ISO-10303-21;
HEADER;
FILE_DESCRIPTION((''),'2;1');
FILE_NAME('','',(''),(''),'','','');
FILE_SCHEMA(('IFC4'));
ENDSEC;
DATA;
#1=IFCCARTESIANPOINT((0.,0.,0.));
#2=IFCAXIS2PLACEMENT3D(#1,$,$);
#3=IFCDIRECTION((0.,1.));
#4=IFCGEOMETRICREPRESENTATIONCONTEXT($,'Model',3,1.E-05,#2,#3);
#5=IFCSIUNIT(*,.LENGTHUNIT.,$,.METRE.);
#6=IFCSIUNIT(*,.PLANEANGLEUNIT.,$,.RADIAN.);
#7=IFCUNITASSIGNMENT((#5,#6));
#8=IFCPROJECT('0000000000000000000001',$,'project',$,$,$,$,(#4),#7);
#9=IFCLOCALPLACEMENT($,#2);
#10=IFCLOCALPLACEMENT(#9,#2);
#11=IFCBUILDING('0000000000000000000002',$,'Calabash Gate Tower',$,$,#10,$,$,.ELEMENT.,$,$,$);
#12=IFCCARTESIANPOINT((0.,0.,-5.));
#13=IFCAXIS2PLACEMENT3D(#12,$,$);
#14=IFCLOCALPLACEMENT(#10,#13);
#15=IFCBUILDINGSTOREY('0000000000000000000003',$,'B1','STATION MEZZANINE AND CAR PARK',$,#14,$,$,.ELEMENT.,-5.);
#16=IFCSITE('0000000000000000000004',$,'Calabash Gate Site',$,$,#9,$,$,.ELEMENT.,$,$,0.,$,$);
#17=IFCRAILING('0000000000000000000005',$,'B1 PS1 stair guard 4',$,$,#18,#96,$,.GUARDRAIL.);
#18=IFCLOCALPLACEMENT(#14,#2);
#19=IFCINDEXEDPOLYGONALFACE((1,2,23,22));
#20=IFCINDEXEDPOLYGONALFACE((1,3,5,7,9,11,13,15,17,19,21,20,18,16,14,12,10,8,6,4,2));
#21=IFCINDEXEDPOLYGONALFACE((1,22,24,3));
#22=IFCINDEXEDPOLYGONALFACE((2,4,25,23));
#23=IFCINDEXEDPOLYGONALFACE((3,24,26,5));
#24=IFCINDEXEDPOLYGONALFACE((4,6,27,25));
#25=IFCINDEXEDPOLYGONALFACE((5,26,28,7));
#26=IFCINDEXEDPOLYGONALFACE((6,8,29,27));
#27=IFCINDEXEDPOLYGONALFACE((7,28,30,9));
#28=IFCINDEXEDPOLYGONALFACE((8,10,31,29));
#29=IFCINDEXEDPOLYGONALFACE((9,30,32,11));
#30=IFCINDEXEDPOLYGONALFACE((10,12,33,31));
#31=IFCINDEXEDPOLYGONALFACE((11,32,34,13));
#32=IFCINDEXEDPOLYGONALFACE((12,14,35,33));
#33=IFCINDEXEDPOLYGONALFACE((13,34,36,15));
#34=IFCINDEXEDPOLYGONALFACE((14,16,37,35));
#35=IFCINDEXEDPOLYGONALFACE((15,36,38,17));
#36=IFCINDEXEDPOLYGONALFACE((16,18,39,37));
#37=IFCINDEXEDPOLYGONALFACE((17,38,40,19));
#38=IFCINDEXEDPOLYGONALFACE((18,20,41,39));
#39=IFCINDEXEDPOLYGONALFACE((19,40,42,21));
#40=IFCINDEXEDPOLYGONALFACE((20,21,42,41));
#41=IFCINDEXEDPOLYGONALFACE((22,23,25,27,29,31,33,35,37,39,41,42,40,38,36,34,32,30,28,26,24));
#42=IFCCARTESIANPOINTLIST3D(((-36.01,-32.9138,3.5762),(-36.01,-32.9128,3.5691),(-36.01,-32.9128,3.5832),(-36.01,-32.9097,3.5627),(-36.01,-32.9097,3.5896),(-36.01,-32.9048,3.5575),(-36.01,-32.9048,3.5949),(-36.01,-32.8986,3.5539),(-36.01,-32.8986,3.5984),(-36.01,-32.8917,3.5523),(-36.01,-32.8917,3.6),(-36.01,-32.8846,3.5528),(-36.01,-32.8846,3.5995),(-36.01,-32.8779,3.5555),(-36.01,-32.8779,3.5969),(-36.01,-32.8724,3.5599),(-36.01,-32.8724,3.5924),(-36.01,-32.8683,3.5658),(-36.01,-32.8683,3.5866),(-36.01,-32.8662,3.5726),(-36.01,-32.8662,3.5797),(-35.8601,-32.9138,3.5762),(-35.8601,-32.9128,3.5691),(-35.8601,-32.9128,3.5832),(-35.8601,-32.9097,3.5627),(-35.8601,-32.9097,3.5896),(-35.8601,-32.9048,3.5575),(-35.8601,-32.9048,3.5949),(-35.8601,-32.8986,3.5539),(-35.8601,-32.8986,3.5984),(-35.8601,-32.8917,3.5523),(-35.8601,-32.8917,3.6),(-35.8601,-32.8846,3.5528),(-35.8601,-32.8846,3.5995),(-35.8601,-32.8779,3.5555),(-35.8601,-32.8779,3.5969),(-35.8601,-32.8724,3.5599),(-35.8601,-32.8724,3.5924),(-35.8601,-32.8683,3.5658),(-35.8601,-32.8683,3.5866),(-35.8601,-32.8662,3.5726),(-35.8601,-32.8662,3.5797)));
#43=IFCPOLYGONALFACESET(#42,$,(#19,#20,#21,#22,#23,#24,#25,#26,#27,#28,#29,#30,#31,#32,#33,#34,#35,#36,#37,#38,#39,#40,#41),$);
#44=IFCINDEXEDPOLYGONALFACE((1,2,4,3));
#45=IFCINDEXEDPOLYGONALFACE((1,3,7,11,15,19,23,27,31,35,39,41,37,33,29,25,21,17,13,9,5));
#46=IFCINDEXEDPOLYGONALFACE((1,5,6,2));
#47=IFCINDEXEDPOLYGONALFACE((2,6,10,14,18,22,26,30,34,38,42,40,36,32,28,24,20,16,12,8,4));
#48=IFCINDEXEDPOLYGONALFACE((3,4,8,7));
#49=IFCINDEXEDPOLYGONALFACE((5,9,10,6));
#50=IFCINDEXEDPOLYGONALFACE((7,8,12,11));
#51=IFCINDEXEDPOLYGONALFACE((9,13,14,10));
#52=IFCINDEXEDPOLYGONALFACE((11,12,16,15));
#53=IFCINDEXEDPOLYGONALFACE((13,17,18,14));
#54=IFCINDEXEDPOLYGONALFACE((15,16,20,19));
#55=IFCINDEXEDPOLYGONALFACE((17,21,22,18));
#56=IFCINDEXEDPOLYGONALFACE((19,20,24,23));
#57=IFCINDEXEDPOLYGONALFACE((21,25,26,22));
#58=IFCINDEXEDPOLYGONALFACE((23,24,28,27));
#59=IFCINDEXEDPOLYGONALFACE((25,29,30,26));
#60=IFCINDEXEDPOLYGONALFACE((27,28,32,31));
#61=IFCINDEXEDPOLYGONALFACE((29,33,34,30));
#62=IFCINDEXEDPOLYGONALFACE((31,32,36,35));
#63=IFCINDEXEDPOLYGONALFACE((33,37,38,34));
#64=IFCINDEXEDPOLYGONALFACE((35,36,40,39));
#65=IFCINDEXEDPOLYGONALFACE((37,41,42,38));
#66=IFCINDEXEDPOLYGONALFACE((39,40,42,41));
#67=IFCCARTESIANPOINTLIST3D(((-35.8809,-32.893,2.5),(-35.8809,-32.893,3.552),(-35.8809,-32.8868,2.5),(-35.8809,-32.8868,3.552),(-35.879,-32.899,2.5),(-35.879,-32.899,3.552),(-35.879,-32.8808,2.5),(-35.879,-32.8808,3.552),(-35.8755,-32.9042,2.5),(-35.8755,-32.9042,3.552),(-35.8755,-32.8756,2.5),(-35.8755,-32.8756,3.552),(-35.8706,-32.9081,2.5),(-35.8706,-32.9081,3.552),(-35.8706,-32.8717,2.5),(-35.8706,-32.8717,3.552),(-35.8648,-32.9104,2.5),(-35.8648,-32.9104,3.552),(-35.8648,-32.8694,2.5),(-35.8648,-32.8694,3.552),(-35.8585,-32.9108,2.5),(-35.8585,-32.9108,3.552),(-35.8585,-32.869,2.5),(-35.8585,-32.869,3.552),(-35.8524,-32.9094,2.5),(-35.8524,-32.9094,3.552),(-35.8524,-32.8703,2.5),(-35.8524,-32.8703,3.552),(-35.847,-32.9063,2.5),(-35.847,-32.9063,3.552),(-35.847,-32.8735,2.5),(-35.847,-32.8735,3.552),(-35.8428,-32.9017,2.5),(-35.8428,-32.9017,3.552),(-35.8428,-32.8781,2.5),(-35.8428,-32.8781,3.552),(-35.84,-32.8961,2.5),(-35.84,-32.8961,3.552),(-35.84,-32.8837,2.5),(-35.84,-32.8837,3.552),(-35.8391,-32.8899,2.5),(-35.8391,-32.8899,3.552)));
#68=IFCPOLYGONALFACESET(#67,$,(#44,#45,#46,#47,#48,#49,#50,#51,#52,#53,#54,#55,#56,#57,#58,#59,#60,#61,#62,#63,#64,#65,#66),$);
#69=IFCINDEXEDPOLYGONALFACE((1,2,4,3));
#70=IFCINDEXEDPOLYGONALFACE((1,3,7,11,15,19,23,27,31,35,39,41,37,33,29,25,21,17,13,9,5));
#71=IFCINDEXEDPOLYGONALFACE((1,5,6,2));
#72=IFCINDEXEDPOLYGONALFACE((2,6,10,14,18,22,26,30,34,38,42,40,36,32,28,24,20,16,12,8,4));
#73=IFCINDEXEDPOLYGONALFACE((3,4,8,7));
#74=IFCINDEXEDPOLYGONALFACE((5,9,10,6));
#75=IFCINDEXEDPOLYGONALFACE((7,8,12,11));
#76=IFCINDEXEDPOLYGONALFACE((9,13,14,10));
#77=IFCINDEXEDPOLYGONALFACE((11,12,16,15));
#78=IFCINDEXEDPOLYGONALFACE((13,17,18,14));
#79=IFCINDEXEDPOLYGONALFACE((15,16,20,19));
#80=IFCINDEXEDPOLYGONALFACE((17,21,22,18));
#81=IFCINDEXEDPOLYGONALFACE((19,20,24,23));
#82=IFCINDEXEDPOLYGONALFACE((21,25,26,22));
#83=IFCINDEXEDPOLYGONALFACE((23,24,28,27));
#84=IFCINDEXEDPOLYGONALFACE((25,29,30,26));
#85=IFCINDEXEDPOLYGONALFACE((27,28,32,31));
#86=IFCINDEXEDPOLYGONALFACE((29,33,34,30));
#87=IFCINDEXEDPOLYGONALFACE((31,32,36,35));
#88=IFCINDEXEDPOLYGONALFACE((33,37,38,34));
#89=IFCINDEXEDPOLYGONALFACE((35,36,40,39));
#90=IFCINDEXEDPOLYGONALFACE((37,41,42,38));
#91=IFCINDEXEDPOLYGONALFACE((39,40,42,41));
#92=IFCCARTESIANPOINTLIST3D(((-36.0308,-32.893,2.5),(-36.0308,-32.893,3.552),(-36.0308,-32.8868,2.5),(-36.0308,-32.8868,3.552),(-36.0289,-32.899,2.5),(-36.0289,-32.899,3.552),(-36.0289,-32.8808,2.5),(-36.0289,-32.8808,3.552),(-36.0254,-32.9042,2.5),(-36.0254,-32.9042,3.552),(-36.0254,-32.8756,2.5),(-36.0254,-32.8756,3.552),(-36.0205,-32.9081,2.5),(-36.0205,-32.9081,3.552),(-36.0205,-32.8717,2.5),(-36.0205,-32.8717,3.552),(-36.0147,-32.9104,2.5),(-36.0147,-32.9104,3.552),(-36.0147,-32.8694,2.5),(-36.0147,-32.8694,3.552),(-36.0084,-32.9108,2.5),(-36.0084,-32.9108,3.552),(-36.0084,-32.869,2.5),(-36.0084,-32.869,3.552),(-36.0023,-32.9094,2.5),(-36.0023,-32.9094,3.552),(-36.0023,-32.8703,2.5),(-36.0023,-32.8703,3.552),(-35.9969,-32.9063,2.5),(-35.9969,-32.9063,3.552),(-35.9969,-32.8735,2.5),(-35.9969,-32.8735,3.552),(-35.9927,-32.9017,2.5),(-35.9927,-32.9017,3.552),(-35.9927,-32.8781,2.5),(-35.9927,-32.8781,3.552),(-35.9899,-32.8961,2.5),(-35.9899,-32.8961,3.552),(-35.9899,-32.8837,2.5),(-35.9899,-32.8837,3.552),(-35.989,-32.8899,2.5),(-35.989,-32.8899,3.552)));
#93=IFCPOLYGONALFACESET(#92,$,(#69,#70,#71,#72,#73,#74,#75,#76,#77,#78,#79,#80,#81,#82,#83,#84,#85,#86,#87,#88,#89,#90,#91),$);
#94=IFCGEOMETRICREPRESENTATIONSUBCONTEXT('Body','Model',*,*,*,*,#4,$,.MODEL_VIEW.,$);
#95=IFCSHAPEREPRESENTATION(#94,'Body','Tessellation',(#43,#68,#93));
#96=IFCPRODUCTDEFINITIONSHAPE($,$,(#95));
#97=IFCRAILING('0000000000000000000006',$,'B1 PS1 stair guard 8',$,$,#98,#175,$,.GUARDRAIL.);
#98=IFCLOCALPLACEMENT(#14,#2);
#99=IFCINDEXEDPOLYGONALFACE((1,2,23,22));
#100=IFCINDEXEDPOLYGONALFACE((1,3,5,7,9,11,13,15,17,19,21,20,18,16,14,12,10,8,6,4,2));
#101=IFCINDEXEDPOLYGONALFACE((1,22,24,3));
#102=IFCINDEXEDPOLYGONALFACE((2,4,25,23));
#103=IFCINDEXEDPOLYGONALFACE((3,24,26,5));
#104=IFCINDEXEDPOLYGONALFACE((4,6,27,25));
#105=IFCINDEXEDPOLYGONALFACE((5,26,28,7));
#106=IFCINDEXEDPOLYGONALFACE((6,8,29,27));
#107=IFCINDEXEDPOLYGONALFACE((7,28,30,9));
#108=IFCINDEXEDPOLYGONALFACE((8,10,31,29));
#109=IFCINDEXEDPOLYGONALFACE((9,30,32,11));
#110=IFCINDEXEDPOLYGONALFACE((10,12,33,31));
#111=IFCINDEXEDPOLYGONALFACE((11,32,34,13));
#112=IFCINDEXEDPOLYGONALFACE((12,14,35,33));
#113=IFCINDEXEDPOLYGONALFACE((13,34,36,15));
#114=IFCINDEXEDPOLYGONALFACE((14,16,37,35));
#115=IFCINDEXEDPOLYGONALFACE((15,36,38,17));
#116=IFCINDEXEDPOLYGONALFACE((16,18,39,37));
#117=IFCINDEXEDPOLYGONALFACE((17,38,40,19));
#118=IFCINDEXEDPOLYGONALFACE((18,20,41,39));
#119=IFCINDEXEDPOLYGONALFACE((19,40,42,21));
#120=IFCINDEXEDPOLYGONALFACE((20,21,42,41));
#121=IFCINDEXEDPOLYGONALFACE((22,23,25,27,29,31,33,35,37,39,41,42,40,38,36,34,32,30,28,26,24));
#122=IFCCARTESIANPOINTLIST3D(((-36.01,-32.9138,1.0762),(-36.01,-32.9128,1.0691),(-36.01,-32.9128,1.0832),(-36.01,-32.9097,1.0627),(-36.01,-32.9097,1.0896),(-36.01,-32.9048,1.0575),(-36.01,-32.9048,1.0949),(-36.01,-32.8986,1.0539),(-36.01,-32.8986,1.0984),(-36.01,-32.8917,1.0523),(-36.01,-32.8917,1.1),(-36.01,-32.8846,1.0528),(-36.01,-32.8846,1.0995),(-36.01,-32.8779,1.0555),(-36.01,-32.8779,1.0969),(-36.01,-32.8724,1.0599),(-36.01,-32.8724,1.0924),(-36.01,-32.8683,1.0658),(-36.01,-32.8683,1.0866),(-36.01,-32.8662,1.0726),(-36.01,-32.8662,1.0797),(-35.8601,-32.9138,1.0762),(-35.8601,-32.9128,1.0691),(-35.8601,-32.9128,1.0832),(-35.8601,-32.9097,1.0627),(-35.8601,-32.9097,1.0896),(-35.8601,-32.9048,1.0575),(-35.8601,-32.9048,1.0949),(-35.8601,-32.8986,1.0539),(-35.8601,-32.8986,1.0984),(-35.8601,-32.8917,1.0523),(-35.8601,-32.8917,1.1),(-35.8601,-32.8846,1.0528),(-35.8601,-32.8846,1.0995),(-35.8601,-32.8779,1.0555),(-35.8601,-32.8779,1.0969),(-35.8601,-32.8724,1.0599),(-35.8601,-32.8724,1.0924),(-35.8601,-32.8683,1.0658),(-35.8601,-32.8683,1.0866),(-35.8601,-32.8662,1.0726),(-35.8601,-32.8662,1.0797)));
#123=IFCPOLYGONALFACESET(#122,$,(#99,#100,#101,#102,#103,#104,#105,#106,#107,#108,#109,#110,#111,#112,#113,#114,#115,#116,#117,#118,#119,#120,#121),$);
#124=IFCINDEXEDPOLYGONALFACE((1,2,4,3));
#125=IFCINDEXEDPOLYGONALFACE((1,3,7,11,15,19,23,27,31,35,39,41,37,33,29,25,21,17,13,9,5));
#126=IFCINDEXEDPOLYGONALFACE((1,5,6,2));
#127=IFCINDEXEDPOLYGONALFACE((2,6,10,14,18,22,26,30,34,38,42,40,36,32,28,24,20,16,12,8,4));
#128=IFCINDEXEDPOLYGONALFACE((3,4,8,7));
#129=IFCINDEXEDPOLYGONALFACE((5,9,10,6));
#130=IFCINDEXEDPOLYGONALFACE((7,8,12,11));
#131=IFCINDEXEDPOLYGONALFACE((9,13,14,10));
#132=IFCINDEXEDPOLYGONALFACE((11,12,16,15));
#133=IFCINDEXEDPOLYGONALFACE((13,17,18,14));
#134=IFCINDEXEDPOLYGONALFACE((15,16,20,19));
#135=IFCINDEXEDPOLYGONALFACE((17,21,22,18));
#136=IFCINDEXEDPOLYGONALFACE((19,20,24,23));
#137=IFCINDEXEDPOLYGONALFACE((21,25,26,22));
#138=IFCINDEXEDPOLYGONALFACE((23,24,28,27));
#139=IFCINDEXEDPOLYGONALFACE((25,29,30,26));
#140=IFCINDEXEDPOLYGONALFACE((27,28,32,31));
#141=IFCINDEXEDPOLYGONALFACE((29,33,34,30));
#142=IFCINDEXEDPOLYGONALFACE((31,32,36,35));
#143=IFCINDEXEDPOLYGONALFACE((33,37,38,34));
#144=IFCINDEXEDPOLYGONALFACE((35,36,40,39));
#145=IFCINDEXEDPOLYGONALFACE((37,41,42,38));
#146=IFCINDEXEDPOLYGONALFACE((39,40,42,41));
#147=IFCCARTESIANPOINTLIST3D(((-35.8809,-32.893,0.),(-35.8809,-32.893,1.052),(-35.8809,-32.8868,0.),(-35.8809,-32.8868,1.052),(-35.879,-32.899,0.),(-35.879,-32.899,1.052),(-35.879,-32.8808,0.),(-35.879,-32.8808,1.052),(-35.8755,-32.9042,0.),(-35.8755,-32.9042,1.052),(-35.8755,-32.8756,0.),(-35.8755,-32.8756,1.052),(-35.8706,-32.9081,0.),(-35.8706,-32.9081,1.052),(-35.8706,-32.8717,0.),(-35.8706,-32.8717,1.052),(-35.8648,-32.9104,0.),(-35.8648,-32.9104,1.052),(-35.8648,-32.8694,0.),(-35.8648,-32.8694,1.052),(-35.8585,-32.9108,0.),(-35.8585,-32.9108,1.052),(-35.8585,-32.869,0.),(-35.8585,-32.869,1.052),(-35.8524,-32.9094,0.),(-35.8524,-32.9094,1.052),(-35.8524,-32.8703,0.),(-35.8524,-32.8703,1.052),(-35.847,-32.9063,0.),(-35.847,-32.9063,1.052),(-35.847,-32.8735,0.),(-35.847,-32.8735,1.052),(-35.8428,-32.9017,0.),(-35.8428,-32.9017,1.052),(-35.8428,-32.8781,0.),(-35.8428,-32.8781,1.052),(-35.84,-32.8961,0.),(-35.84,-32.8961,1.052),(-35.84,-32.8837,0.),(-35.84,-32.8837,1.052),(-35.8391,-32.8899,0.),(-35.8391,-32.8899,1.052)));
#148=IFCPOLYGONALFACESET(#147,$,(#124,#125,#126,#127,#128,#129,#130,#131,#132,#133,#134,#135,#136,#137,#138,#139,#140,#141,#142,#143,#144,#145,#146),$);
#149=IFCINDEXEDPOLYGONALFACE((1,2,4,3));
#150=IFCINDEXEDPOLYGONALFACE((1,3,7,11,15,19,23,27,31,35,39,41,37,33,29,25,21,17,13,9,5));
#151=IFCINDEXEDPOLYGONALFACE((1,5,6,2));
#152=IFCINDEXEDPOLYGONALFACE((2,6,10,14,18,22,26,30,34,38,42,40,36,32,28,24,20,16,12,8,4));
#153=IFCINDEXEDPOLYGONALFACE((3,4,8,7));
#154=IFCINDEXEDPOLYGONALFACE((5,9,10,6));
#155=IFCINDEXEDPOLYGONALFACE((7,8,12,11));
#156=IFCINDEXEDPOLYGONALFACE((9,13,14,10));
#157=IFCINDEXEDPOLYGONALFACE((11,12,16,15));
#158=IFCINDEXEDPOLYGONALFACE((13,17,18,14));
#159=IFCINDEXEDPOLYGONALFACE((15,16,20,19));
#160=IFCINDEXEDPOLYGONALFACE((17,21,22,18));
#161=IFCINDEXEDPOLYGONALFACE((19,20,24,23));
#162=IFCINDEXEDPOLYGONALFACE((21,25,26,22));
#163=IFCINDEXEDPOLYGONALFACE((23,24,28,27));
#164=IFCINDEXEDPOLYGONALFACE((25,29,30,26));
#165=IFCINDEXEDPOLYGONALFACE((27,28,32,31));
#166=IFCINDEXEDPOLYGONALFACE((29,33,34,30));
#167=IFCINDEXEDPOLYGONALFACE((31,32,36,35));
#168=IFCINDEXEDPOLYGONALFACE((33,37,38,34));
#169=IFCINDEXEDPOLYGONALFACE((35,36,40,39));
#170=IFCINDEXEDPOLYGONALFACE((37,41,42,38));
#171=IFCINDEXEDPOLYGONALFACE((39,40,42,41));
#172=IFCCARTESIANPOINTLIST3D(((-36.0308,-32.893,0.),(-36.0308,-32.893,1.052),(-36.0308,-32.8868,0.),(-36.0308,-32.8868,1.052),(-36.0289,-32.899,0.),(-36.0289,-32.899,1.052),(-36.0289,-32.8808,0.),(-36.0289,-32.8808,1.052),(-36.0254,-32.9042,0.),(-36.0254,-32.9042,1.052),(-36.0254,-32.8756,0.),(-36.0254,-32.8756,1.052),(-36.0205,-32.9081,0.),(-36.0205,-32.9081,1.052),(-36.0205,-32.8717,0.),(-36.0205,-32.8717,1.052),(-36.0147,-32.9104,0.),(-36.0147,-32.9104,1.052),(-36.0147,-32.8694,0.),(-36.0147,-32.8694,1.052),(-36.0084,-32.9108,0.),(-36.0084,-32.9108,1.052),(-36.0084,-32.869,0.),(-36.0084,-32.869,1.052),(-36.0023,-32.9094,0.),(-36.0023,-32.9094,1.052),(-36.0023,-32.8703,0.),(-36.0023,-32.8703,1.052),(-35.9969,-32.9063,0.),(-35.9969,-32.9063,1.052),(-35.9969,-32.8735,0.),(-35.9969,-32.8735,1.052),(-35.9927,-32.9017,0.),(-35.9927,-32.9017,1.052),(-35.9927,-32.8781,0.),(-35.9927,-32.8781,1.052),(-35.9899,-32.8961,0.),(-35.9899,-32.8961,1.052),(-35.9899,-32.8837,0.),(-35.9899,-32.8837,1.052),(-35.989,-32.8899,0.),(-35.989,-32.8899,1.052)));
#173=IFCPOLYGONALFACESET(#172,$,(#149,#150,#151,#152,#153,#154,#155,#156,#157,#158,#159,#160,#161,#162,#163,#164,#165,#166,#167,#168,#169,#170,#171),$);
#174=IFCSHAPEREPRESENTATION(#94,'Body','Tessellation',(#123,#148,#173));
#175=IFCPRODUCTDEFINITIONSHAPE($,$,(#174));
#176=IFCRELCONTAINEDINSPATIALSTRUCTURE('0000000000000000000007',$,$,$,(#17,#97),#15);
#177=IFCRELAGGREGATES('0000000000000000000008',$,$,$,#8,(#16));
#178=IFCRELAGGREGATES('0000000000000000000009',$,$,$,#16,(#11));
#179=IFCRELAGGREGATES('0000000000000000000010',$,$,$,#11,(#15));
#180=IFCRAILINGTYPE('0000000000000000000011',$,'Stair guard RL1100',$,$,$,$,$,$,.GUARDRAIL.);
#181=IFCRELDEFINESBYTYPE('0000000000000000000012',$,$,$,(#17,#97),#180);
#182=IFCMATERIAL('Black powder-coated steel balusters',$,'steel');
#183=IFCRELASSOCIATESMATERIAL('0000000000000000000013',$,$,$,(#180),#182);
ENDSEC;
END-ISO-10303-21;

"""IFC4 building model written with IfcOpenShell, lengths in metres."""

from ifc_helpers import new_model, si_unit, direction, frame, origin, origin_2d, place, context, subcontext, project, spatial, circle, extrude, material, type_object, element, save


model = new_model("IFC4")

# Units and contexts
model_context = context("Model", 3, precision=1e-05, world=origin(), true_north=direction((0.0, 1.0)))
body_context = subcontext(model_context, "Body", "Model", "MODEL_VIEW")
ifc_project = project(units=[si_unit("LENGTHUNIT", "METRE"), si_unit("PLANEANGLEUNIT", "RADIAN")], contexts=[model_context])

# Site, building, storey
site_placement = place(None, origin())
site = spatial("IfcSite", under=ifc_project, at=site_placement, Name="Calabash Gate Site", CompositionType="ELEMENT", RefElevation=0.0)
building_placement = place(site_placement, origin())
building = spatial("IfcBuilding", under=site, at=building_placement, Name="Calabash Gate Tower", CompositionType="ELEMENT")
storey_placement = place(building_placement, frame((0.0, 0.0, -5.0)))
storey = spatial("IfcBuildingStorey", under=building, at=storey_placement, Name="B1", Description="STATION MEZZANINE AND CAR PARK", CompositionType="ELEMENT", Elevation=-5.0)

# Railings
ifc_material_1 = material(Name="Black powder-coated steel balusters", Category="steel")
railing_type = type_object("IfcRailingType", Name="Stair guard RL1100", PredefinedType="GUARDRAIL", material=ifc_material_1)
for number, where, name in (
    (1, (-35.8601, -32.8899, 2.5), "B1 PS1 stair guard 4"),
    (2, (-35.8601, -32.8899, 0.0), "B1 PS1 stair guard 8"),
):
    element("IfcRailing", number, at=place(storey_placement, frame(where)), inside=storey, type_object=railing_type, Name=name, PredefinedType="GUARDRAIL", context=body_context, shape_type="SweptSolid", body=[
        extrude(circle(Radius=0.0239, at=origin_2d()), frame((0.0, 0.0, 1.0762), z_axis=(-1.0, 0.0, 0.0), x_axis=(0.0, -1.0, 0.0)), (0.0, 0.0, 1.0), 0.1499),
        extrude(circle(Radius=0.021, at=origin_2d()), origin(), (0.0, 0.0, 1.0), 1.052),
        extrude(circle(Radius=0.021, at=origin_2d()), frame((-0.1499, 0.0, 0.0)), (0.0, 0.0, 1.0), 1.052),
    ])

save(model, "model.ifc")
